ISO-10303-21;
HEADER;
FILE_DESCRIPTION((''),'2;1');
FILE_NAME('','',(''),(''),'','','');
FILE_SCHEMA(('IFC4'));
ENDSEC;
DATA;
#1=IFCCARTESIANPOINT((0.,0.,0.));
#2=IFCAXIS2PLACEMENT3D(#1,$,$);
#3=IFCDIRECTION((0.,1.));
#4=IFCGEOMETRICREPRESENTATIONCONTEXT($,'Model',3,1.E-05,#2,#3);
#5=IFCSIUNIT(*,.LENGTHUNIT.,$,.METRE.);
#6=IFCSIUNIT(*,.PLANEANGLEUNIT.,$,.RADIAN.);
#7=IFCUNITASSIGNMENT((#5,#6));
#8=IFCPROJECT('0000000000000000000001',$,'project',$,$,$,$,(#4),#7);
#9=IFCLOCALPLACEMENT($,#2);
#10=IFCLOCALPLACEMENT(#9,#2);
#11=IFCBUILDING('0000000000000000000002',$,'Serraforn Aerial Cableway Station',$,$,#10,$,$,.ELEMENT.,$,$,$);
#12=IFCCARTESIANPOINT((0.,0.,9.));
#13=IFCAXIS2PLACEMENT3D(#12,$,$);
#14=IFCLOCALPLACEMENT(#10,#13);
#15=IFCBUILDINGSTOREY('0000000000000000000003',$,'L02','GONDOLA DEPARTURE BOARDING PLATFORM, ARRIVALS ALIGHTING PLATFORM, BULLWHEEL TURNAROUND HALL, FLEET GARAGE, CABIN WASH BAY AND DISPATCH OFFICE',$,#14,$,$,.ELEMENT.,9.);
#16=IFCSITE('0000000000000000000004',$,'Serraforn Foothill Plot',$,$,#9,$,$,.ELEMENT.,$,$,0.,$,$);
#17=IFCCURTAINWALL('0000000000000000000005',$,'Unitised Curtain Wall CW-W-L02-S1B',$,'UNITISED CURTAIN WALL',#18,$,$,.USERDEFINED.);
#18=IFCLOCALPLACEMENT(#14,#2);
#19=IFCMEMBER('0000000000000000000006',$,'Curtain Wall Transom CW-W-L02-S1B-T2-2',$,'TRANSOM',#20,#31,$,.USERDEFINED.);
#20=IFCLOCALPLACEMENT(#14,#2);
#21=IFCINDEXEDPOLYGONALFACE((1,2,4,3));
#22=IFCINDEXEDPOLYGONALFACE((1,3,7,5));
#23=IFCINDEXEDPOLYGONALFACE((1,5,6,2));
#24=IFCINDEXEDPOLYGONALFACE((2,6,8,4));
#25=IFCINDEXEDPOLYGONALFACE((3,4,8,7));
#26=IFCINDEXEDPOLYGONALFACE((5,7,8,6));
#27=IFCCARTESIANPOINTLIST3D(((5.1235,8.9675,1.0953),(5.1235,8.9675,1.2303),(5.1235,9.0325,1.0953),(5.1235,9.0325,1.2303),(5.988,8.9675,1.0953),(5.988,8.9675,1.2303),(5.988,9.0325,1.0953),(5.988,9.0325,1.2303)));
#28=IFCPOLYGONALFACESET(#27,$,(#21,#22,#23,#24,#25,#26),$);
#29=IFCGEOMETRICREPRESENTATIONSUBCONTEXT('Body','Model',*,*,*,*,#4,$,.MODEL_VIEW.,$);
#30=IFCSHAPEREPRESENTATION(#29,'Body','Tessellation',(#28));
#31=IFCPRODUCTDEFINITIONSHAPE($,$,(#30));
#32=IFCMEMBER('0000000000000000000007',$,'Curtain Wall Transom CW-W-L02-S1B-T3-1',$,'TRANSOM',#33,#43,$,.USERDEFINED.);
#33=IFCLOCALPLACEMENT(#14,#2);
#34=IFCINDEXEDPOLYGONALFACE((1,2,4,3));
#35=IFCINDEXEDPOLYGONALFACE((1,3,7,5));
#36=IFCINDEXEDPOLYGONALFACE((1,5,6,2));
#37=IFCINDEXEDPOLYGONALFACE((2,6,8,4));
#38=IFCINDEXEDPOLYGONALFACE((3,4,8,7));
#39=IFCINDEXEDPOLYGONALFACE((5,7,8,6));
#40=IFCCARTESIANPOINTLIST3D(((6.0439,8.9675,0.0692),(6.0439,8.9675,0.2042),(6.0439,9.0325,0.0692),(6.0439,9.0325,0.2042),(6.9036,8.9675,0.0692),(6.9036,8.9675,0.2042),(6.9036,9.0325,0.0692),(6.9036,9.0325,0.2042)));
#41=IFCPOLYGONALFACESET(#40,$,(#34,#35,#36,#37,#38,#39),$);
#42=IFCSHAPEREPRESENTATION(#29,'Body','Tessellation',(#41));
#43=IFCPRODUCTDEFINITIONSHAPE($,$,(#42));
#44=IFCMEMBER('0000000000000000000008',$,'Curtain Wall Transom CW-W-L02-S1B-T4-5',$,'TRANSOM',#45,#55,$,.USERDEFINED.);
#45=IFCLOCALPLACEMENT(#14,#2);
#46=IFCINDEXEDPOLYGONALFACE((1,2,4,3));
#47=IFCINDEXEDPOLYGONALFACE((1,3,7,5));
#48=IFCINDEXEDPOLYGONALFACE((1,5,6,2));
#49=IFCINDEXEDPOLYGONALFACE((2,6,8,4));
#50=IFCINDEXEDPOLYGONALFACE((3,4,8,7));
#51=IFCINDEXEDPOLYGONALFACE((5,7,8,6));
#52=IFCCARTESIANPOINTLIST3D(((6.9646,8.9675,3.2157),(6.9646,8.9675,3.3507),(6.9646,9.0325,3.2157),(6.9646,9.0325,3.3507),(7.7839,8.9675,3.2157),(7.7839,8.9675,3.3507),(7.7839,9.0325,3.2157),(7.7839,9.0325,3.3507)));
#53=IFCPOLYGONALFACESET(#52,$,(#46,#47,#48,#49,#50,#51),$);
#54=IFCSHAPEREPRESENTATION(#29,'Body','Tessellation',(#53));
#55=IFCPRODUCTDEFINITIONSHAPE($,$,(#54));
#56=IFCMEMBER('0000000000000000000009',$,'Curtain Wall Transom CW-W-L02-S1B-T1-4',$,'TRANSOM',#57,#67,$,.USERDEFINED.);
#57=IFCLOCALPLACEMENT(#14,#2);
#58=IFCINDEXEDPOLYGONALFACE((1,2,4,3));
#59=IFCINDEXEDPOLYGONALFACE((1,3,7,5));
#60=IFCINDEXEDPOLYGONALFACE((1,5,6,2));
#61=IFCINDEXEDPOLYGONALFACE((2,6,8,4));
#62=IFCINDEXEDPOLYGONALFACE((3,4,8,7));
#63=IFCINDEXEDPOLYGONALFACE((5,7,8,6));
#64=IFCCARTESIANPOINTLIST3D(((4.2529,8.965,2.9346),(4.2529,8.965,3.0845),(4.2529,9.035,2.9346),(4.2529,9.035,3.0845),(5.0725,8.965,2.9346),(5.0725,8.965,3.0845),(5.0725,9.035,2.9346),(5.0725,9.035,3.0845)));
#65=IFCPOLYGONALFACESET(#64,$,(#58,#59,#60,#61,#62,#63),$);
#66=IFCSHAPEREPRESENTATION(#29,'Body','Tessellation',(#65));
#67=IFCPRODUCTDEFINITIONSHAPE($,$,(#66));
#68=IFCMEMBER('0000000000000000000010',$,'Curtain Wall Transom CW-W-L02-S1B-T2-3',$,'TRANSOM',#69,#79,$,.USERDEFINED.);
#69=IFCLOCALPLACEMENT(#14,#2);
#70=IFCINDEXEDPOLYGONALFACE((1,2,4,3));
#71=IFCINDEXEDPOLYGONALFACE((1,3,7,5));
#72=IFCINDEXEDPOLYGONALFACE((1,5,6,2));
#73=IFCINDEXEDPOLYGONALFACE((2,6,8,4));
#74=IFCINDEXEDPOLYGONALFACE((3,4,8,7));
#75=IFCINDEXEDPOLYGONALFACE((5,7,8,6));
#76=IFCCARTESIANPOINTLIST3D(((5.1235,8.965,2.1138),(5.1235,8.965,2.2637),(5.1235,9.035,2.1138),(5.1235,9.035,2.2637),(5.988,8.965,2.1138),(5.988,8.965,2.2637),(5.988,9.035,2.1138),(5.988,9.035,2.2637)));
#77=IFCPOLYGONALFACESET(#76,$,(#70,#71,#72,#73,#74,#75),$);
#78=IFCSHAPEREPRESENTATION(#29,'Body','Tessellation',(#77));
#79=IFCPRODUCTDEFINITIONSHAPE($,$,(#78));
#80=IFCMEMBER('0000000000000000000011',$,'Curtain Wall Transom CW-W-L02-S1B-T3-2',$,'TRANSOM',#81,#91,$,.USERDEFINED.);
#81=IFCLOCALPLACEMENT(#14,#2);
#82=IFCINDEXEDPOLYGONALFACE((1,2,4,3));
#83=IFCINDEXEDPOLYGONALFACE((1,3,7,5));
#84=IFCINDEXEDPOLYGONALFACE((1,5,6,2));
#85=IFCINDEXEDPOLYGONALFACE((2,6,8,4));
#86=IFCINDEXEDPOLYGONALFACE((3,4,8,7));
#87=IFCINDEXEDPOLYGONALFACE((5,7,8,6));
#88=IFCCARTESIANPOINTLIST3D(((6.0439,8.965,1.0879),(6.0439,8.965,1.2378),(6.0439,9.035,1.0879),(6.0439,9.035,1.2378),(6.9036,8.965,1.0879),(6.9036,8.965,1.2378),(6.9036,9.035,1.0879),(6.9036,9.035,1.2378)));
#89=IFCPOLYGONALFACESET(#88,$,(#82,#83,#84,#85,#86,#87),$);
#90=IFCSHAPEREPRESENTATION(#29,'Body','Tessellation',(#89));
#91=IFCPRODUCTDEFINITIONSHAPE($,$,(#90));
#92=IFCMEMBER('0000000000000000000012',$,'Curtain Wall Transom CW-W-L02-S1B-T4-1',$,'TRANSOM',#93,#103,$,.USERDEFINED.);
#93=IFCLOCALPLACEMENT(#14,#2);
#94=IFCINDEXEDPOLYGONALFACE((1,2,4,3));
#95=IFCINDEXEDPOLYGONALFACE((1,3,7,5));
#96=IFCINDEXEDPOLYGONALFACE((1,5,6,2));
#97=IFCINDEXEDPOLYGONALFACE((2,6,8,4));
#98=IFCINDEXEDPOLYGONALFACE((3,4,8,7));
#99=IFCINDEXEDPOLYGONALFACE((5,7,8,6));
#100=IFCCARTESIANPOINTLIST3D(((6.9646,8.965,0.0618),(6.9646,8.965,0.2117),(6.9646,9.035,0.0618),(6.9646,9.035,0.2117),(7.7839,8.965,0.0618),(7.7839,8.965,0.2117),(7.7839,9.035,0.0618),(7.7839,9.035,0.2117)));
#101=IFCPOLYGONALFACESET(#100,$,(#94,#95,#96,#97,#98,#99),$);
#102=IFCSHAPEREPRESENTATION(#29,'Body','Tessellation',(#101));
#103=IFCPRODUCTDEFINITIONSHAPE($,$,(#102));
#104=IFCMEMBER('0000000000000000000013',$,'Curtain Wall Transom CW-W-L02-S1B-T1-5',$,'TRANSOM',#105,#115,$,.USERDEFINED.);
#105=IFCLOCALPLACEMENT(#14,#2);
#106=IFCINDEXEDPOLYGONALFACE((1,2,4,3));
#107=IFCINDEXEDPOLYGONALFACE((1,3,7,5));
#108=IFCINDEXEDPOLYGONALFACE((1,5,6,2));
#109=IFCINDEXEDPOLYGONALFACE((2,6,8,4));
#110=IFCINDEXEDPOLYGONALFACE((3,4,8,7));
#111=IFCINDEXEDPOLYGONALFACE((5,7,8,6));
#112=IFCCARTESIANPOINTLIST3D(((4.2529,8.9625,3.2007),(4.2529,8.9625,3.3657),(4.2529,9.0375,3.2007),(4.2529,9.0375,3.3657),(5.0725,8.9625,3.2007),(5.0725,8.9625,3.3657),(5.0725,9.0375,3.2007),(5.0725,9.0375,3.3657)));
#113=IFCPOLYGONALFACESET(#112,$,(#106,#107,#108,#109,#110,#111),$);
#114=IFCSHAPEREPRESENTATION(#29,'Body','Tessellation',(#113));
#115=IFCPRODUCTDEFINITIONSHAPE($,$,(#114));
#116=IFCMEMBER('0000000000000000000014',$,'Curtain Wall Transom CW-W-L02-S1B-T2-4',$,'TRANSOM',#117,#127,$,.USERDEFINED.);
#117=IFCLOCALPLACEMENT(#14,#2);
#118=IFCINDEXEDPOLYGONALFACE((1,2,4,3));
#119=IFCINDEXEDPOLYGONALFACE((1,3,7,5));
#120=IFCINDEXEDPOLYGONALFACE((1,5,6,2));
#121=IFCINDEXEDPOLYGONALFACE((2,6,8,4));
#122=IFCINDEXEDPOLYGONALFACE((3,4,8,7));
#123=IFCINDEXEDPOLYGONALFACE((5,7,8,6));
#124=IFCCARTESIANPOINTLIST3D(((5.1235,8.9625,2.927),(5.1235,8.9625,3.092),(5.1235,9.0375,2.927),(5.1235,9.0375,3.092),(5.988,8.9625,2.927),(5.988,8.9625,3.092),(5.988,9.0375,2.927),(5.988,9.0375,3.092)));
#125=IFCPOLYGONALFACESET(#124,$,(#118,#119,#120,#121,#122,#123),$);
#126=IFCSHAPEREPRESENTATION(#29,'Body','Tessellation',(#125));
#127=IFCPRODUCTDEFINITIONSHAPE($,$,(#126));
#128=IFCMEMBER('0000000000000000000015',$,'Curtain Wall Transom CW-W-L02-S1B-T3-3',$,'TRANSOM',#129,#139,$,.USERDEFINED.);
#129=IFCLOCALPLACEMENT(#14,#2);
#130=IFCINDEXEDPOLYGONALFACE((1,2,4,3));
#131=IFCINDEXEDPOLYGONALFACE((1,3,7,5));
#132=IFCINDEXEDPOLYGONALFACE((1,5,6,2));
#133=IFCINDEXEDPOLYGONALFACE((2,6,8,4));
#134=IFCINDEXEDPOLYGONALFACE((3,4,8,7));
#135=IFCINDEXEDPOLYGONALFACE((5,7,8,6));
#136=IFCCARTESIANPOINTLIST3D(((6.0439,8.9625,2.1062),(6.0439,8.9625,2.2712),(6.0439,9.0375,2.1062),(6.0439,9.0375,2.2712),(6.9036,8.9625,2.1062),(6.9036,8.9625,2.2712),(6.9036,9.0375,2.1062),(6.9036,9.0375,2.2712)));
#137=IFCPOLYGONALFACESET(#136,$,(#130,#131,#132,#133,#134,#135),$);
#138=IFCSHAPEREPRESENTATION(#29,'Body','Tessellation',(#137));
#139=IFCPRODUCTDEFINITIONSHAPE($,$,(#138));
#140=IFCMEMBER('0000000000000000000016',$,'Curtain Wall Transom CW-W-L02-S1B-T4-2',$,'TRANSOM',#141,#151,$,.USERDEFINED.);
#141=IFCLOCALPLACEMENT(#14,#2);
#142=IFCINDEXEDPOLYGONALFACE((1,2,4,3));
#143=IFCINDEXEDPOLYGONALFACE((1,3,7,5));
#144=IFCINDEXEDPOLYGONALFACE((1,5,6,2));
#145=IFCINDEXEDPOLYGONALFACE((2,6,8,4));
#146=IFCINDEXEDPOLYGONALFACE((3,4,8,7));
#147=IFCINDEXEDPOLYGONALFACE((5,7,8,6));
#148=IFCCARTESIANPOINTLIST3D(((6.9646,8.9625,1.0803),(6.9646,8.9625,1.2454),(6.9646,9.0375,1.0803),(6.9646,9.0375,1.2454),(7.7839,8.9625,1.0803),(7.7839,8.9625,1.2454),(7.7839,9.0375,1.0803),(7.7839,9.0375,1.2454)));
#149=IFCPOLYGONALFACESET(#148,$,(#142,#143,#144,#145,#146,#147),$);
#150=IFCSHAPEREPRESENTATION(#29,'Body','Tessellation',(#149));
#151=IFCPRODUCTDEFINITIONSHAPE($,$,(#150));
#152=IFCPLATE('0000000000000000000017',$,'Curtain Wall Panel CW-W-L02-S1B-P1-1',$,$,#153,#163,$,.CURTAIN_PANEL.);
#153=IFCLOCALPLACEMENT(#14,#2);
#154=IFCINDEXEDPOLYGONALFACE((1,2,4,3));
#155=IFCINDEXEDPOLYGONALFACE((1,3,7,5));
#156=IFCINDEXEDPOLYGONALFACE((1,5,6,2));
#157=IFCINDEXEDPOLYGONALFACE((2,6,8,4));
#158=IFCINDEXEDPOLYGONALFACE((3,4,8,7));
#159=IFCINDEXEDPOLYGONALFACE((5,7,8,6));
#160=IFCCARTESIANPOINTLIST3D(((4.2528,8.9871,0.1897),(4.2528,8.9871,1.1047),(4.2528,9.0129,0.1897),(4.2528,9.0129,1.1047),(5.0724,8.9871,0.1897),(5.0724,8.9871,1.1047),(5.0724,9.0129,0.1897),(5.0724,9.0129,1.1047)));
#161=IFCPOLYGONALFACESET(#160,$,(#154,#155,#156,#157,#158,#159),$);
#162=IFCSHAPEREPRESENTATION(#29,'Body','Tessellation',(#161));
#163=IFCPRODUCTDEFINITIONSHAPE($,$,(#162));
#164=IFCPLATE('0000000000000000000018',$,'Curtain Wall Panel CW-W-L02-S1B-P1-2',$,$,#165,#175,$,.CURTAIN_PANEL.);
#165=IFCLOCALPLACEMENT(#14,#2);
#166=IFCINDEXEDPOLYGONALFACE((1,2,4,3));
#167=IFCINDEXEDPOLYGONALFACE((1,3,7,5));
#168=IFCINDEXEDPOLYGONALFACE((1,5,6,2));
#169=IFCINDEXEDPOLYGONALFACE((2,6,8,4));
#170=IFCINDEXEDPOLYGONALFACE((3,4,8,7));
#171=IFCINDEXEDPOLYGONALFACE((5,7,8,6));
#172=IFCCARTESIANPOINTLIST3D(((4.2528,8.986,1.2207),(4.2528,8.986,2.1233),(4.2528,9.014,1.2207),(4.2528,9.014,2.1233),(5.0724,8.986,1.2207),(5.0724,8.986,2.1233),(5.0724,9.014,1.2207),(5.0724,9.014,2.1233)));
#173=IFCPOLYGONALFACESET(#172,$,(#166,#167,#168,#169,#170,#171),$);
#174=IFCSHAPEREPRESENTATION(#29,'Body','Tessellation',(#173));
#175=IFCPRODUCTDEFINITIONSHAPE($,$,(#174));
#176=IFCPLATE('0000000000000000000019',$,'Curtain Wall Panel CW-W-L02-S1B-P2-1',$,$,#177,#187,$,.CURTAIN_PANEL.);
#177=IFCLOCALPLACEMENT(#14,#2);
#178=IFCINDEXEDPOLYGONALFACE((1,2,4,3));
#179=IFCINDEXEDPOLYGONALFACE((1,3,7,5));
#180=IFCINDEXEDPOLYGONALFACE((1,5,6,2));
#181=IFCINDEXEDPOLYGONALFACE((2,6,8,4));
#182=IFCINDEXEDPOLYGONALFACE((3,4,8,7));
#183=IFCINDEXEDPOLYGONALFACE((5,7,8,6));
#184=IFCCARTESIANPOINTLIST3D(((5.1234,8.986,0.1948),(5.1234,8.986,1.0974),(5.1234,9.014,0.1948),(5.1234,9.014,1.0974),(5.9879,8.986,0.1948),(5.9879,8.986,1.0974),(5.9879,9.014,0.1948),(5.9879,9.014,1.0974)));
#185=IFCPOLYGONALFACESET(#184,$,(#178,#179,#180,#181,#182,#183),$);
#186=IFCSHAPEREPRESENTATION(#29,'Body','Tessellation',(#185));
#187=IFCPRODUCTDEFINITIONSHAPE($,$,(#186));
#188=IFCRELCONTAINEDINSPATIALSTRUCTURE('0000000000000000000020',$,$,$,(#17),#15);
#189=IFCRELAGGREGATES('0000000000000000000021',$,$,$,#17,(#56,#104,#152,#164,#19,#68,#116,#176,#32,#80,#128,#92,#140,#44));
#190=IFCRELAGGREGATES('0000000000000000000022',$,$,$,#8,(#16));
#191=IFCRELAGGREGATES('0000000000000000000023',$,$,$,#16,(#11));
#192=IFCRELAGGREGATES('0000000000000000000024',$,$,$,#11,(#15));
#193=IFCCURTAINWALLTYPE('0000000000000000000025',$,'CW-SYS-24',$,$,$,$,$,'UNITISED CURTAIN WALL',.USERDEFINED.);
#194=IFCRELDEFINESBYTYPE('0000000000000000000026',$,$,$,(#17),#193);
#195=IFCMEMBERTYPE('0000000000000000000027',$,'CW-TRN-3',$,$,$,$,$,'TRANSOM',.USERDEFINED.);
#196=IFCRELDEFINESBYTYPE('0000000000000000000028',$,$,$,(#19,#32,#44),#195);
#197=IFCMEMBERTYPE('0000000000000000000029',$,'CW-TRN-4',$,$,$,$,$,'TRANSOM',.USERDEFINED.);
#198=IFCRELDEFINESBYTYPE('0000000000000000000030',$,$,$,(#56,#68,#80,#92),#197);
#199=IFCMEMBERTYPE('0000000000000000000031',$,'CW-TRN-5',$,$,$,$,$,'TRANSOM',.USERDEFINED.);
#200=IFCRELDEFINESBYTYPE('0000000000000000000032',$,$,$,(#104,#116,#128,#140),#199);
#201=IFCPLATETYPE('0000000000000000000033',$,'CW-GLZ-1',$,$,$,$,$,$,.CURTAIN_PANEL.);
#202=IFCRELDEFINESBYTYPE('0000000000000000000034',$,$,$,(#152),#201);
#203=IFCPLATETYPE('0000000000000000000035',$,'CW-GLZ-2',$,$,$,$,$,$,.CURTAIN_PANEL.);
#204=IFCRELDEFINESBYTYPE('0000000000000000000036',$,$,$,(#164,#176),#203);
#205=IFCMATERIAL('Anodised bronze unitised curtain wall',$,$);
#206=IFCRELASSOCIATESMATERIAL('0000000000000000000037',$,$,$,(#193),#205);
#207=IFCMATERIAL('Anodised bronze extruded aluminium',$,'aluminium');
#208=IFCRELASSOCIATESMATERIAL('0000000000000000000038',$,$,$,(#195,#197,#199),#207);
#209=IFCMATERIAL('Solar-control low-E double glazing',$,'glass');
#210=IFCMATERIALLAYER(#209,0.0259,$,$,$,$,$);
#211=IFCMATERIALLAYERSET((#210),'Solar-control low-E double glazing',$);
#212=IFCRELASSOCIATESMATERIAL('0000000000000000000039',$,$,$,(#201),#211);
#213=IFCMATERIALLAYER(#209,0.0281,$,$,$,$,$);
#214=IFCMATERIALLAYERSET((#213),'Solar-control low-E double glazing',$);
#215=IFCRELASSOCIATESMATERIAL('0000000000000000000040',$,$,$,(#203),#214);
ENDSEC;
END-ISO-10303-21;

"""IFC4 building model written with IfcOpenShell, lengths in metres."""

from ifc_helpers import new_model, si_unit, direction, frame, origin, origin_2d, place, context, subcontext, project, spatial, rectangle, extrude, material, layer, layer_set, material_profile, profile_set, type_object, element, aggregate, save


model = new_model("IFC4")

# Units and contexts
model_context = context("Model", 3, precision=1e-05, world=origin(), true_north=direction((0.0, 1.0)))
body_context = subcontext(model_context, "Body", "Model", "MODEL_VIEW")
ifc_project = project(units=[si_unit("LENGTHUNIT", "METRE"), si_unit("PLANEANGLEUNIT", "RADIAN")], contexts=[model_context])

# Site, building, storey
site_placement = place(None, origin())
site = spatial("IfcSite", under=ifc_project, at=site_placement, Name="Serraforn Foothill Plot", CompositionType="ELEMENT", RefElevation=0.0)
building_placement = place(site_placement, origin())
building = spatial("IfcBuilding", under=site, at=building_placement, Name="Serraforn Aerial Cableway Station", CompositionType="ELEMENT")
storey_placement = place(building_placement, frame((0.0, 0.0, 9.0)))
storey = spatial("IfcBuildingStorey", under=building, at=storey_placement, Name="L02", Description="GONDOLA DEPARTURE BOARDING PLATFORM, ARRIVALS ALIGHTING PLATFORM, BULLWHEEL TURNAROUND HALL, FLEET GARAGE, CABIN WASH BAY AND DISPATCH OFFICE", CompositionType="ELEMENT", Elevation=9.0)

# Curtain wall, members, plates
ifc_material_1 = material(Name="Anodised bronze unitised curtain wall")
curtain_wall_type = type_object("IfcCurtainWallType", Name="CW-SYS-24", ElementType="UNITISED CURTAIN WALL", PredefinedType="USERDEFINED", material=ifc_material_1)
curtain_wall_placement = place(storey_placement, origin())
curtain_wall = element("IfcCurtainWall", 1, at=curtain_wall_placement, inside=storey, type_object=curtain_wall_type, Name="Unitised Curtain Wall CW-W-L02-S1B", ObjectType="UNITISED CURTAIN WALL", PredefinedType="USERDEFINED")
ifc_material_2 = material(Name="Anodised bronze extruded aluminium", Category="aluminium")
ifc_material_profile_1 = material_profile(ifc_material_2, rectangle(XDim=0.0649, YDim=0.135, at=origin_2d()), Name="CW TRANSOM 65x135")
ifc_profile_set_1 = profile_set([ifc_material_profile_1], Name="Anodised bronze extruded aluminium")
member_type_1 = type_object("IfcMemberType", Name="CW-TRN-3", ElementType="TRANSOM", PredefinedType="USERDEFINED", material=ifc_profile_set_1)
member_1_placement = place(storey_placement, frame((5.1235, 9.0, 1.1628), z_axis=(1.0, 0.0, 0.0), x_axis=(0.0, 1.0, 0.0)))
member_1 = element("IfcMember", 2, at=member_1_placement, type_object=member_type_1, Name="Curtain Wall Transom CW-W-L02-S1B-T2-2", ObjectType="TRANSOM", PredefinedType="USERDEFINED", context=body_context, shape_type="SweptSolid", body=[
    extrude(rectangle(XDim=0.0649, YDim=0.135, at=origin_2d()), origin(), (0.0, 0.0, 1.0), 0.8645),
])
member_2_placement = place(storey_placement, frame((6.0439, 9.0, 0.1367), z_axis=(1.0, 0.0, 0.0), x_axis=(0.0, 1.0, 0.0)))
member_2 = element("IfcMember", 3, at=member_2_placement, type_object=member_type_1, Name="Curtain Wall Transom CW-W-L02-S1B-T3-1", ObjectType="TRANSOM", PredefinedType="USERDEFINED", context=body_context, shape_type="SweptSolid", body=[
    extrude(rectangle(XDim=0.0649, YDim=0.135, at=origin_2d()), origin(), (0.0, 0.0, 1.0), 0.8596),
])
member_3_placement = place(storey_placement, frame((6.9646, 9.0, 3.2832), z_axis=(1.0, 0.0, 0.0), x_axis=(0.0, 1.0, 0.0)))
member_3 = element("IfcMember", 4, at=member_3_placement, type_object=member_type_1, Name="Curtain Wall Transom CW-W-L02-S1B-T4-5", ObjectType="TRANSOM", PredefinedType="USERDEFINED", context=body_context, shape_type="SweptSolid", body=[
    extrude(rectangle(XDim=0.0649, YDim=0.135, at=origin_2d()), origin(), (0.0, 0.0, 1.0), 0.8193),
])
ifc_material_profile_2 = material_profile(ifc_material_2, rectangle(XDim=0.0701, YDim=0.1499, at=origin_2d()), Name="CW TRANSOM 70x150")
ifc_profile_set_2 = profile_set([ifc_material_profile_2], Name="Anodised bronze extruded aluminium")
member_type_2 = type_object("IfcMemberType", Name="CW-TRN-4", ElementType="TRANSOM", PredefinedType="USERDEFINED", material=ifc_profile_set_2)
member_4_placement = place(storey_placement, frame((4.2529, 9.0, 3.0095), z_axis=(1.0, 0.0, 0.0), x_axis=(0.0, 1.0, 0.0)))
member_4 = element("IfcMember", 5, at=member_4_placement, type_object=member_type_2, Name="Curtain Wall Transom CW-W-L02-S1B-T1-4", ObjectType="TRANSOM", PredefinedType="USERDEFINED", context=body_context, shape_type="SweptSolid", body=[
    extrude(rectangle(XDim=0.0701, YDim=0.1499, at=origin_2d()), origin(), (0.0, 0.0, 1.0), 0.8196),
])
member_5_placement = place(storey_placement, frame((5.1235, 9.0, 2.1887), z_axis=(1.0, 0.0, 0.0), x_axis=(0.0, 1.0, 0.0)))
member_5 = element("IfcMember", 6, at=member_5_placement, type_object=member_type_2, Name="Curtain Wall Transom CW-W-L02-S1B-T2-3", ObjectType="TRANSOM", PredefinedType="USERDEFINED", context=body_context, shape_type="SweptSolid", body=[
    extrude(rectangle(XDim=0.0701, YDim=0.1499, at=origin_2d()), origin(), (0.0, 0.0, 1.0), 0.8645),
])
member_6_placement = place(storey_placement, frame((6.0439, 9.0, 1.1628), z_axis=(1.0, 0.0, 0.0), x_axis=(0.0, 1.0, 0.0)))
member_6 = element("IfcMember", 7, at=member_6_placement, type_object=member_type_2, Name="Curtain Wall Transom CW-W-L02-S1B-T3-2", ObjectType="TRANSOM", PredefinedType="USERDEFINED", context=body_context, shape_type="SweptSolid", body=[
    extrude(rectangle(XDim=0.0701, YDim=0.1499, at=origin_2d()), origin(), (0.0, 0.0, 1.0), 0.8596),
])
member_7_placement = place(storey_placement, frame((6.9646, 9.0, 0.1367), z_axis=(1.0, 0.0, 0.0), x_axis=(0.0, 1.0, 0.0)))
member_7 = element("IfcMember", 8, at=member_7_placement, type_object=member_type_2, Name="Curtain Wall Transom CW-W-L02-S1B-T4-1", ObjectType="TRANSOM", PredefinedType="USERDEFINED", context=body_context, shape_type="SweptSolid", body=[
    extrude(rectangle(XDim=0.0701, YDim=0.1499, at=origin_2d()), origin(), (0.0, 0.0, 1.0), 0.8193),
])
ifc_material_profile_3 = material_profile(ifc_material_2, rectangle(XDim=0.075, YDim=0.165, at=origin_2d()), Name="CW TRANSOM 75x165")
ifc_profile_set_3 = profile_set([ifc_material_profile_3], Name="Anodised bronze extruded aluminium")
member_type_3 = type_object("IfcMemberType", Name="CW-TRN-5", ElementType="TRANSOM", PredefinedType="USERDEFINED", material=ifc_profile_set_3)
member_8_placement = place(storey_placement, frame((4.2529, 9.0, 3.2832), z_axis=(1.0, 0.0, 0.0), x_axis=(0.0, 1.0, 0.0)))
member_8 = element("IfcMember", 9, at=member_8_placement, type_object=member_type_3, Name="Curtain Wall Transom CW-W-L02-S1B-T1-5", ObjectType="TRANSOM", PredefinedType="USERDEFINED", context=body_context, shape_type="SweptSolid", body=[
    extrude(rectangle(XDim=0.075, YDim=0.165, at=origin_2d()), origin(), (0.0, 0.0, 1.0), 0.8196),
])
member_9_placement = place(storey_placement, frame((5.1235, 9.0, 3.0095), z_axis=(1.0, 0.0, 0.0), x_axis=(0.0, 1.0, 0.0)))
member_9 = element("IfcMember", 10, at=member_9_placement, type_object=member_type_3, Name="Curtain Wall Transom CW-W-L02-S1B-T2-4", ObjectType="TRANSOM", PredefinedType="USERDEFINED", context=body_context, shape_type="SweptSolid", body=[
    extrude(rectangle(XDim=0.075, YDim=0.165, at=origin_2d()), origin(), (0.0, 0.0, 1.0), 0.8645),
])
member_10_placement = place(storey_placement, frame((6.0439, 9.0, 2.1887), z_axis=(1.0, 0.0, 0.0), x_axis=(0.0, 1.0, 0.0)))
member_10 = element("IfcMember", 11, at=member_10_placement, type_object=member_type_3, Name="Curtain Wall Transom CW-W-L02-S1B-T3-3", ObjectType="TRANSOM", PredefinedType="USERDEFINED", context=body_context, shape_type="SweptSolid", body=[
    extrude(rectangle(XDim=0.075, YDim=0.165, at=origin_2d()), origin(), (0.0, 0.0, 1.0), 0.8596),
])
member_11_placement = place(storey_placement, frame((6.9646, 9.0, 1.1628), z_axis=(1.0, 0.0, 0.0), x_axis=(0.0, 1.0, 0.0)))
member_11 = element("IfcMember", 12, at=member_11_placement, type_object=member_type_3, Name="Curtain Wall Transom CW-W-L02-S1B-T4-2", ObjectType="TRANSOM", PredefinedType="USERDEFINED", context=body_context, shape_type="SweptSolid", body=[
    extrude(rectangle(XDim=0.075, YDim=0.165, at=origin_2d()), origin(), (0.0, 0.0, 1.0), 0.8193),
])
ifc_material_3 = material(Name="Solar-control low-E double glazing", Category="glass")
ifc_layer_1 = layer(ifc_material_3, 0.0259)
ifc_layer_set_1 = layer_set([ifc_layer_1], Name="Solar-control low-E double glazing")
plate_type_1 = type_object("IfcPlateType", Name="CW-GLZ-1", PredefinedType="CURTAIN_PANEL", material=ifc_layer_set_1)
plate_1_placement = place(storey_placement, frame((4.6626, 9.0, 0.1897), z_axis=(0.0, 0.0, 1.0), x_axis=(1.0, 0.0, 0.0)))
plate_1 = element("IfcPlate", 13, at=plate_1_placement, type_object=plate_type_1, Name="Curtain Wall Panel CW-W-L02-S1B-P1-1", PredefinedType="CURTAIN_PANEL", context=body_context, shape_type="SweptSolid", body=[
    extrude(rectangle(XDim=0.8196, YDim=0.0259, at=origin_2d()), origin(), (0.0, 0.0, 1.0), 0.915),
])
ifc_layer_2 = layer(ifc_material_3, 0.0281)
ifc_layer_set_2 = layer_set([ifc_layer_2], Name="Solar-control low-E double glazing")
plate_type_2 = type_object("IfcPlateType", Name="CW-GLZ-2", PredefinedType="CURTAIN_PANEL", material=ifc_layer_set_2)
plate_2_placement = place(storey_placement, frame((4.6626, 9.0, 1.2207), z_axis=(0.0, 0.0, 1.0), x_axis=(1.0, 0.0, 0.0)))
plate_2 = element("IfcPlate", 14, at=plate_2_placement, type_object=plate_type_2, Name="Curtain Wall Panel CW-W-L02-S1B-P1-2", PredefinedType="CURTAIN_PANEL", context=body_context, shape_type="SweptSolid", body=[
    extrude(rectangle(XDim=0.8196, YDim=0.0281, at=origin_2d()), origin(), (0.0, 0.0, 1.0), 0.9026),
])
plate_3_placement = place(storey_placement, frame((5.5557, 9.0, 0.1948), z_axis=(0.0, 0.0, 1.0), x_axis=(1.0, 0.0, 0.0)))
plate_3 = element("IfcPlate", 15, at=plate_3_placement, type_object=plate_type_2, Name="Curtain Wall Panel CW-W-L02-S1B-P2-1", PredefinedType="CURTAIN_PANEL", context=body_context, shape_type="SweptSolid", body=[
    extrude(rectangle(XDim=0.8645, YDim=0.0281, at=origin_2d()), origin(), (0.0, 0.0, 1.0), 0.9026),
])
aggregate(curtain_wall, [member_4, member_8, plate_1, plate_2, member_1, member_5, member_9, plate_3, member_2, member_6, member_10, member_7, member_11, member_3])

save(model, "model.ifc")
